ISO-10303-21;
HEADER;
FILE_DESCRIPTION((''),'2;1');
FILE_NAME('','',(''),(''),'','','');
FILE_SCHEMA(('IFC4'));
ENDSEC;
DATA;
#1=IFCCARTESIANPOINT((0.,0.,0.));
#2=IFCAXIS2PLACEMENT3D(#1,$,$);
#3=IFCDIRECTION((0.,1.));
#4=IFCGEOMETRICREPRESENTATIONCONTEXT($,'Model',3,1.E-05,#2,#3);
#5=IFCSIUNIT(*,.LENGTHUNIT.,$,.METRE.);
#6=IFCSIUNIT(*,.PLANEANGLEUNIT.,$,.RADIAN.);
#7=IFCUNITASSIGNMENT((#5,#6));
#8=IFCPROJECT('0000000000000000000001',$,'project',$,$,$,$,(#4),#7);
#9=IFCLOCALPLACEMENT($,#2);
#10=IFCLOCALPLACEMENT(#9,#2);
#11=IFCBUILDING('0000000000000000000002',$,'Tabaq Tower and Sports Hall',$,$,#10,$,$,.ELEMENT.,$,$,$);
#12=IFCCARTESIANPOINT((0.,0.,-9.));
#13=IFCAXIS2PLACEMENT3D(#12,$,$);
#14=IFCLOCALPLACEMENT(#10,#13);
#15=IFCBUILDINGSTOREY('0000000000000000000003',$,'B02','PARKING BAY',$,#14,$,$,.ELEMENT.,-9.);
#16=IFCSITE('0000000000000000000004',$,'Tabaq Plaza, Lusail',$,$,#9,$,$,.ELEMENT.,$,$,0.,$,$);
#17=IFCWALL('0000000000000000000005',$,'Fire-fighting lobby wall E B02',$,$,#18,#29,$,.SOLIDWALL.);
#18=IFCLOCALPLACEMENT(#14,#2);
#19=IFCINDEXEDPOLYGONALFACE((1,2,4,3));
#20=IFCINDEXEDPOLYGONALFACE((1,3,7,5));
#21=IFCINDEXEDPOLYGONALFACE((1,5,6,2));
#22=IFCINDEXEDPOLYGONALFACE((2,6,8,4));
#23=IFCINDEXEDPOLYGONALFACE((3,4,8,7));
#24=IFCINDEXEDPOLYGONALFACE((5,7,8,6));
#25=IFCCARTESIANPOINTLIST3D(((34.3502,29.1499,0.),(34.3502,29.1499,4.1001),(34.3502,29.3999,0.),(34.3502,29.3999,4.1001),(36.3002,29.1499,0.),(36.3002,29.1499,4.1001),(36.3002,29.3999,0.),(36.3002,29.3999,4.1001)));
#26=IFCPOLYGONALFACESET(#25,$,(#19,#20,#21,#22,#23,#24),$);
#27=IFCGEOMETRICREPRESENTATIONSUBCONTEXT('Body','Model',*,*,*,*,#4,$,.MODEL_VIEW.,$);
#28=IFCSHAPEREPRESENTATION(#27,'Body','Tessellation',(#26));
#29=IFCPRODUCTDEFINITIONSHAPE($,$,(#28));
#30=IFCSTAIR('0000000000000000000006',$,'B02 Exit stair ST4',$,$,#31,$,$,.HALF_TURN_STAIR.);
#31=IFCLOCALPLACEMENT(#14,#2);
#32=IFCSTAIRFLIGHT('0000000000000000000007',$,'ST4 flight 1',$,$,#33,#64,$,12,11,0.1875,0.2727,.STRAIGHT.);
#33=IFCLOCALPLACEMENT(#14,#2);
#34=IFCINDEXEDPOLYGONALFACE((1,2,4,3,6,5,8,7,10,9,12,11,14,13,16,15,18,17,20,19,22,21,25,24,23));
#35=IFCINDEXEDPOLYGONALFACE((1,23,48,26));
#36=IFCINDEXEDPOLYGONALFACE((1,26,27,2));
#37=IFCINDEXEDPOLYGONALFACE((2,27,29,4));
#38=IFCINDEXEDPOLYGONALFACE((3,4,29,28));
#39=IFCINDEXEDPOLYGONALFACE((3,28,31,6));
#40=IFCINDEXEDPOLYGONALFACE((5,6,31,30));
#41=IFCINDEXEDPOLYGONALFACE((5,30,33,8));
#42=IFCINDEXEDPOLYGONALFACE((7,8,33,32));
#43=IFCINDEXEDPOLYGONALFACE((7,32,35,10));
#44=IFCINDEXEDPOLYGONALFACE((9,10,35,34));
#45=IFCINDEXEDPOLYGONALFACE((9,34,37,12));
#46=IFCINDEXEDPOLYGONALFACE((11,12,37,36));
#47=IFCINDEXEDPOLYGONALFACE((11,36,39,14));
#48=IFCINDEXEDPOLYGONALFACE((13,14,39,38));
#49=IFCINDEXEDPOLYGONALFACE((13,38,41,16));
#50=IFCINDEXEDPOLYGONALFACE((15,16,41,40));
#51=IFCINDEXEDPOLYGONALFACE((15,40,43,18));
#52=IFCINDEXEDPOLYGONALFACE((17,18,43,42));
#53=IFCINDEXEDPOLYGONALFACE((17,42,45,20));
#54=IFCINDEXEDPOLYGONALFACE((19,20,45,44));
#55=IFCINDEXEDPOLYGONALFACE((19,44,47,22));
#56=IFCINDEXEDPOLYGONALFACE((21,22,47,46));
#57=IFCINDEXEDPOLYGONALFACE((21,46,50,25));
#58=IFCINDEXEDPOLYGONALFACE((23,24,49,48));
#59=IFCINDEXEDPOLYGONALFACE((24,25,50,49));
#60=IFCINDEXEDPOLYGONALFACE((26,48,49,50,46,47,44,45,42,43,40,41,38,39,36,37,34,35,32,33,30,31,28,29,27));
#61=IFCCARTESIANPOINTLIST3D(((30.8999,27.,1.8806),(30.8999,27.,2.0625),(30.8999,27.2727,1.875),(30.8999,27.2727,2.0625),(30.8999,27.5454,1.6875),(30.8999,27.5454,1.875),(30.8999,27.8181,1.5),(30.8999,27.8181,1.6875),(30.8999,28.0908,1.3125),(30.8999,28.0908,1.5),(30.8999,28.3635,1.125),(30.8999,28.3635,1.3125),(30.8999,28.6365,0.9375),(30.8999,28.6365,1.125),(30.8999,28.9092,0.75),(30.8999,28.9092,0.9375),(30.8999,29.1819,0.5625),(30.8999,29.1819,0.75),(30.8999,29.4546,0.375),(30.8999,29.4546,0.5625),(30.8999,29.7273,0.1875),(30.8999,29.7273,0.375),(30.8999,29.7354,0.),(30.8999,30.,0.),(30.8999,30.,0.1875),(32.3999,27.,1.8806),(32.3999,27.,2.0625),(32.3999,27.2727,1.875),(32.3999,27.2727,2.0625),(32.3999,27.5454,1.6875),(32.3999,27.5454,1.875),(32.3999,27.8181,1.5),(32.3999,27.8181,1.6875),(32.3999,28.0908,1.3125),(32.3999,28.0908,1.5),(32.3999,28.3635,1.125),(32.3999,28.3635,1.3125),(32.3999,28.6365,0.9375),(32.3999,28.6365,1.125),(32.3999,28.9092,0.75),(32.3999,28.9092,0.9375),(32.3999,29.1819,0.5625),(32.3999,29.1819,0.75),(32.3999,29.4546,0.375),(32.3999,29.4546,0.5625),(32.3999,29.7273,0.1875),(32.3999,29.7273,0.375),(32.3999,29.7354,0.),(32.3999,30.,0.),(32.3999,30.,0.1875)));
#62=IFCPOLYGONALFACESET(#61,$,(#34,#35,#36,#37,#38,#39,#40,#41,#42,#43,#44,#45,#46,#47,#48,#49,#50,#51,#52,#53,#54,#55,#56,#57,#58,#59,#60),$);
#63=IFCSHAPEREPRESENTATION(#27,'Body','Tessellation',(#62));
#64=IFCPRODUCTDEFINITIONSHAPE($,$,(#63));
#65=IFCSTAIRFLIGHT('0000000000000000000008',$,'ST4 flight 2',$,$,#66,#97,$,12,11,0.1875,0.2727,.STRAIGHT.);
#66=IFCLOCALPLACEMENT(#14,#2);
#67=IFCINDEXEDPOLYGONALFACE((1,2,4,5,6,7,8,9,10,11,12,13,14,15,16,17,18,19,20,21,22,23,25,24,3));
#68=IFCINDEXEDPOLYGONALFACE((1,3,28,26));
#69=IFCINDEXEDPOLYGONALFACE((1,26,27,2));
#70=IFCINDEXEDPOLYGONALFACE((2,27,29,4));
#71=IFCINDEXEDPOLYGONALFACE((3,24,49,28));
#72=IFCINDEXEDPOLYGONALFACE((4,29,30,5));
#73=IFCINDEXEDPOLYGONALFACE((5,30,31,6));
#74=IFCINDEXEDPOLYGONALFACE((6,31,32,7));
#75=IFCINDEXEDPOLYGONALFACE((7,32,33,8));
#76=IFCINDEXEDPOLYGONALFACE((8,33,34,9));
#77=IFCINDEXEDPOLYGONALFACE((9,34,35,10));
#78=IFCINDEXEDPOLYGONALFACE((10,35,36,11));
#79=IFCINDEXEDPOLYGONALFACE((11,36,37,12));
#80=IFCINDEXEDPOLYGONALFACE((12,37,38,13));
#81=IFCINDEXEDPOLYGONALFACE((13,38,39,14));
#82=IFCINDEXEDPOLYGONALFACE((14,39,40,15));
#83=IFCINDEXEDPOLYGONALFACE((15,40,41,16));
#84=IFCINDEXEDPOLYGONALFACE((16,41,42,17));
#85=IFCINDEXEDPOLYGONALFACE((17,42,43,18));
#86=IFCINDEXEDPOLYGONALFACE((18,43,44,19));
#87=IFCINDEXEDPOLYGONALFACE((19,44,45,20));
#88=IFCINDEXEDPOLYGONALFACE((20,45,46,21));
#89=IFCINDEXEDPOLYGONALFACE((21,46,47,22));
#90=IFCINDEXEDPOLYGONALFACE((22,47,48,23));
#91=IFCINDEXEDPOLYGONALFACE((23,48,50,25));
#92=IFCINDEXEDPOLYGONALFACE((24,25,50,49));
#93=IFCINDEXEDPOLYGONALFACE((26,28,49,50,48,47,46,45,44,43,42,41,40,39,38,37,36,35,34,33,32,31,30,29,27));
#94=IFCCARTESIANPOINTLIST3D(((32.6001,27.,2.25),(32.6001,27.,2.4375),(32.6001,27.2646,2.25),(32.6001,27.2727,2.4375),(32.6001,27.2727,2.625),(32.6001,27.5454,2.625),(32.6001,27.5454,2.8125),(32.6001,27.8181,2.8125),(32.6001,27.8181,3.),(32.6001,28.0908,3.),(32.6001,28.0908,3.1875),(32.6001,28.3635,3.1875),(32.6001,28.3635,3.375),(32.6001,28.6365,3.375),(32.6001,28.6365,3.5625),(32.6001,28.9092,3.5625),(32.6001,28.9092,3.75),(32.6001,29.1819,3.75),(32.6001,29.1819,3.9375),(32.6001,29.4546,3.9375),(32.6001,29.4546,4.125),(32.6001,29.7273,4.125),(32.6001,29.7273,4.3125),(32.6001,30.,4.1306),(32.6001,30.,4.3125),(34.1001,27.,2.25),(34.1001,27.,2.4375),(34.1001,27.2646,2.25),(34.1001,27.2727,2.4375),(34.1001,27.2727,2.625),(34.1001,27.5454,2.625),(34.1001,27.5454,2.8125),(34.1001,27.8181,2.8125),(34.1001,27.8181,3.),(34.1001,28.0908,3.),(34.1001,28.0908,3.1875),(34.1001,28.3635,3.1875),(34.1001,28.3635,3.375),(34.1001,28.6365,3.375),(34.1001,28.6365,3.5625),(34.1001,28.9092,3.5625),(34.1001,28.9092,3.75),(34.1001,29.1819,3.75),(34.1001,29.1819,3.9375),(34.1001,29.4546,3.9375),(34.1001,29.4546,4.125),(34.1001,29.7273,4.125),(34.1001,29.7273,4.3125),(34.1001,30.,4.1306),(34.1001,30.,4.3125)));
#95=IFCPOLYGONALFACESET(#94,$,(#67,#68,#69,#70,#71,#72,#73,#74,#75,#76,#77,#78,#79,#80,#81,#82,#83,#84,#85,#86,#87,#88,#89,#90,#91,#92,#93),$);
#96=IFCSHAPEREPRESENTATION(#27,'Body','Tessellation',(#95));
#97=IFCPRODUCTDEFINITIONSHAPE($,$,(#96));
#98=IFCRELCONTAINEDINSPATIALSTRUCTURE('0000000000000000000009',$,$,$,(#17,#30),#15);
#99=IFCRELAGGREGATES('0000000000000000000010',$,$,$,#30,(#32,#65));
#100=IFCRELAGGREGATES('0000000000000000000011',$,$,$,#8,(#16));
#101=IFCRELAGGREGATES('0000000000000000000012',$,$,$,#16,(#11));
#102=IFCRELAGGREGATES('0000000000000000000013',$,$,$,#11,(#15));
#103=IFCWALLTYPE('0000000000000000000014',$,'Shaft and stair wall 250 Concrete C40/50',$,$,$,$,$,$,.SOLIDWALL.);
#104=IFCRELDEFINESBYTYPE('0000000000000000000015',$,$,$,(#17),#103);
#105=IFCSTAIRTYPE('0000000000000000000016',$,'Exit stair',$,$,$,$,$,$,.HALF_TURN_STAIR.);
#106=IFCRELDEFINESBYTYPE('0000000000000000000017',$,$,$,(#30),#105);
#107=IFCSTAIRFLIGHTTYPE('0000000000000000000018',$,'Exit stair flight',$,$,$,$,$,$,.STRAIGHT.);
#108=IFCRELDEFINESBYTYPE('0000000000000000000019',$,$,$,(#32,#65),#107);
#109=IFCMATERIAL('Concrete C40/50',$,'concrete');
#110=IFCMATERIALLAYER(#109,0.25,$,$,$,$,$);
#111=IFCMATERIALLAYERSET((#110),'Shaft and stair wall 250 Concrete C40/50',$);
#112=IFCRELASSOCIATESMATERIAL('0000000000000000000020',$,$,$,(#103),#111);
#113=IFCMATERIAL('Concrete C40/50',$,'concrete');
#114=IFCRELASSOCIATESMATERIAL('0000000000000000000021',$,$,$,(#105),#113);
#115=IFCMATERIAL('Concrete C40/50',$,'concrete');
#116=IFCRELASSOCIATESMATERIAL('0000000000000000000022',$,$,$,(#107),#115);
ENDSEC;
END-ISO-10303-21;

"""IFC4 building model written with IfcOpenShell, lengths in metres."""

from ifc_helpers import new_model, si_unit, direction, frame, frame_2d, origin, place, context, subcontext, project, spatial, polyline, rectangle, outline, extrude, material, layer, layer_set, type_object, element, aggregate, save


model = new_model("IFC4")

# Units and contexts
model_context = context("Model", 3, precision=1e-05, world=origin(), true_north=direction((0.0, 1.0)))
body_context = subcontext(model_context, "Body", "Model", "MODEL_VIEW")
ifc_project = project(units=[si_unit("LENGTHUNIT", "METRE"), si_unit("PLANEANGLEUNIT", "RADIAN")], contexts=[model_context])

# Site, building, storey
site_placement = place(None, origin())
site = spatial("IfcSite", under=ifc_project, at=site_placement, Name="Tabaq Plaza, Lusail", CompositionType="ELEMENT", RefElevation=0.0)
building_placement = place(site_placement, origin())
building = spatial("IfcBuilding", under=site, at=building_placement, Name="Tabaq Tower and Sports Hall", CompositionType="ELEMENT")
storey_placement = place(building_placement, frame((0.0, 0.0, -9.0)))
storey = spatial("IfcBuildingStorey", under=building, at=storey_placement, Name="B02", Description="PARKING BAY", CompositionType="ELEMENT", Elevation=-9.0)

# Wall
ifc_material_1 = material(Name="Concrete C40/50", Category="concrete")
ifc_layer_1 = layer(ifc_material_1, 0.25)
ifc_layer_set_1 = layer_set([ifc_layer_1], Name="Shaft and stair wall 250 Concrete C40/50")
wall_type_1 = type_object("IfcWallType", Name="Shaft and stair wall 250 Concrete C40/50", PredefinedType="SOLIDWALL", material=ifc_layer_set_1)
wall_1_placement = place(storey_placement, frame((34.3501, 29.2749, 0.0), z_axis=(0.0, 0.0, 1.0), x_axis=(1.0, 0.0, 0.0)))
element("IfcWall", 1, at=wall_1_placement, inside=storey, type_object=wall_type_1, Name="Fire-fighting lobby wall E B02", PredefinedType="SOLIDWALL", context=body_context, shape_type="SweptSolid", body=[
    extrude(rectangle(XDim=1.95, YDim=0.25, at=frame_2d((0.9751, 0.0))), origin(), (0.0, 0.0, 1.0), 4.1001),
])

# Stair, stair flights
ifc_material_2 = material(Name="Concrete C40/50", Category="concrete")
stair_type = type_object("IfcStairType", Name="Exit stair", PredefinedType="HALF_TURN_STAIR", material=ifc_material_2)
stair_placement = place(storey_placement, origin())
stair = element("IfcStair", 2, at=stair_placement, inside=storey, type_object=stair_type, Name="B02 Exit stair ST4", PredefinedType="HALF_TURN_STAIR")
ifc_material_3 = material(Name="Concrete C40/50", Category="concrete")
stair_flight_type = type_object("IfcStairFlightType", Name="Exit stair flight", PredefinedType="STRAIGHT", material=ifc_material_3)
stair_flight_1_placement = place(storey_placement, frame((31.6499, 30.0, 0.0), z_axis=(0.0, 0.0, 1.0), x_axis=(0.0, -1.0, 0.0)))
stair_flight_1 = element("IfcStairFlight", 3, at=stair_flight_1_placement, type_object=stair_flight_type, Name="ST4 flight 1", NumberOfRisers=12, NumberOfTreads=11, PredefinedType="STRAIGHT", RiserHeight=0.1875, TreadLength=0.2727, context=body_context, shape_type="SweptSolid", body=[
    extrude(outline(polyline([(0.0, 0.0), (0.0, 0.1875), (0.2727, 0.1875), (0.2727, 0.375), (0.5454, 0.375), (0.5454, 0.5625), (0.8181, 0.5625), (0.8181, 0.75), (1.0908, 0.75), (1.0908, 0.9375), (1.3635, 0.9375), (1.3635, 1.125), (1.6365, 1.125), (1.6365, 1.3125), (1.9092, 1.3125), (1.9092, 1.5), (2.1819, 1.5), (2.1819, 1.6875), (2.4546, 1.6875), (2.4546, 1.875), (2.7273, 1.875), (2.7273, 2.0625), (3.0, 2.0625), (3.0, 2.25), (3.0, 1.8806), (0.2646, 0.0), (0.0, 0.0)])), frame((0.0, 0.75, 0.0), z_axis=(0.0, -1.0, 0.0), x_axis=(1.0, 0.0, 0.0)), (0.0, 0.0, 1.0), 1.5),
])
stair_flight_2_placement = place(storey_placement, frame((33.3501, 27.0, 2.25), z_axis=(0.0, 0.0, 1.0), x_axis=(0.0, 1.0, 0.0)))
stair_flight_2 = element("IfcStairFlight", 4, at=stair_flight_2_placement, type_object=stair_flight_type, Name="ST4 flight 2", NumberOfRisers=12, NumberOfTreads=11, PredefinedType="STRAIGHT", RiserHeight=0.1875, TreadLength=0.2727, context=body_context, shape_type="SweptSolid", body=[
    extrude(outline(polyline([(0.0, 0.0), (0.0, 0.1875), (0.2727, 0.1875), (0.2727, 0.375), (0.5454, 0.375), (0.5454, 0.5625), (0.8181, 0.5625), (0.8181, 0.75), (1.0908, 0.75), (1.0908, 0.9375), (1.3635, 0.9375), (1.3635, 1.125), (1.6365, 1.125), (1.6365, 1.3125), (1.9092, 1.3125), (1.9092, 1.5), (2.1819, 1.5), (2.1819, 1.6875), (2.4546, 1.6875), (2.4546, 1.875), (2.7273, 1.875), (2.7273, 2.0625), (3.0, 2.0625), (3.0, 2.25), (3.0, 1.8806), (0.2646, 0.0), (0.0, 0.0)])), frame((0.0, 0.75, 0.0), z_axis=(0.0, -1.0, 0.0), x_axis=(1.0, 0.0, 0.0)), (0.0, 0.0, 1.0), 1.5),
])
aggregate(stair, [stair_flight_1, stair_flight_2])

save(model, "model.ifc")
